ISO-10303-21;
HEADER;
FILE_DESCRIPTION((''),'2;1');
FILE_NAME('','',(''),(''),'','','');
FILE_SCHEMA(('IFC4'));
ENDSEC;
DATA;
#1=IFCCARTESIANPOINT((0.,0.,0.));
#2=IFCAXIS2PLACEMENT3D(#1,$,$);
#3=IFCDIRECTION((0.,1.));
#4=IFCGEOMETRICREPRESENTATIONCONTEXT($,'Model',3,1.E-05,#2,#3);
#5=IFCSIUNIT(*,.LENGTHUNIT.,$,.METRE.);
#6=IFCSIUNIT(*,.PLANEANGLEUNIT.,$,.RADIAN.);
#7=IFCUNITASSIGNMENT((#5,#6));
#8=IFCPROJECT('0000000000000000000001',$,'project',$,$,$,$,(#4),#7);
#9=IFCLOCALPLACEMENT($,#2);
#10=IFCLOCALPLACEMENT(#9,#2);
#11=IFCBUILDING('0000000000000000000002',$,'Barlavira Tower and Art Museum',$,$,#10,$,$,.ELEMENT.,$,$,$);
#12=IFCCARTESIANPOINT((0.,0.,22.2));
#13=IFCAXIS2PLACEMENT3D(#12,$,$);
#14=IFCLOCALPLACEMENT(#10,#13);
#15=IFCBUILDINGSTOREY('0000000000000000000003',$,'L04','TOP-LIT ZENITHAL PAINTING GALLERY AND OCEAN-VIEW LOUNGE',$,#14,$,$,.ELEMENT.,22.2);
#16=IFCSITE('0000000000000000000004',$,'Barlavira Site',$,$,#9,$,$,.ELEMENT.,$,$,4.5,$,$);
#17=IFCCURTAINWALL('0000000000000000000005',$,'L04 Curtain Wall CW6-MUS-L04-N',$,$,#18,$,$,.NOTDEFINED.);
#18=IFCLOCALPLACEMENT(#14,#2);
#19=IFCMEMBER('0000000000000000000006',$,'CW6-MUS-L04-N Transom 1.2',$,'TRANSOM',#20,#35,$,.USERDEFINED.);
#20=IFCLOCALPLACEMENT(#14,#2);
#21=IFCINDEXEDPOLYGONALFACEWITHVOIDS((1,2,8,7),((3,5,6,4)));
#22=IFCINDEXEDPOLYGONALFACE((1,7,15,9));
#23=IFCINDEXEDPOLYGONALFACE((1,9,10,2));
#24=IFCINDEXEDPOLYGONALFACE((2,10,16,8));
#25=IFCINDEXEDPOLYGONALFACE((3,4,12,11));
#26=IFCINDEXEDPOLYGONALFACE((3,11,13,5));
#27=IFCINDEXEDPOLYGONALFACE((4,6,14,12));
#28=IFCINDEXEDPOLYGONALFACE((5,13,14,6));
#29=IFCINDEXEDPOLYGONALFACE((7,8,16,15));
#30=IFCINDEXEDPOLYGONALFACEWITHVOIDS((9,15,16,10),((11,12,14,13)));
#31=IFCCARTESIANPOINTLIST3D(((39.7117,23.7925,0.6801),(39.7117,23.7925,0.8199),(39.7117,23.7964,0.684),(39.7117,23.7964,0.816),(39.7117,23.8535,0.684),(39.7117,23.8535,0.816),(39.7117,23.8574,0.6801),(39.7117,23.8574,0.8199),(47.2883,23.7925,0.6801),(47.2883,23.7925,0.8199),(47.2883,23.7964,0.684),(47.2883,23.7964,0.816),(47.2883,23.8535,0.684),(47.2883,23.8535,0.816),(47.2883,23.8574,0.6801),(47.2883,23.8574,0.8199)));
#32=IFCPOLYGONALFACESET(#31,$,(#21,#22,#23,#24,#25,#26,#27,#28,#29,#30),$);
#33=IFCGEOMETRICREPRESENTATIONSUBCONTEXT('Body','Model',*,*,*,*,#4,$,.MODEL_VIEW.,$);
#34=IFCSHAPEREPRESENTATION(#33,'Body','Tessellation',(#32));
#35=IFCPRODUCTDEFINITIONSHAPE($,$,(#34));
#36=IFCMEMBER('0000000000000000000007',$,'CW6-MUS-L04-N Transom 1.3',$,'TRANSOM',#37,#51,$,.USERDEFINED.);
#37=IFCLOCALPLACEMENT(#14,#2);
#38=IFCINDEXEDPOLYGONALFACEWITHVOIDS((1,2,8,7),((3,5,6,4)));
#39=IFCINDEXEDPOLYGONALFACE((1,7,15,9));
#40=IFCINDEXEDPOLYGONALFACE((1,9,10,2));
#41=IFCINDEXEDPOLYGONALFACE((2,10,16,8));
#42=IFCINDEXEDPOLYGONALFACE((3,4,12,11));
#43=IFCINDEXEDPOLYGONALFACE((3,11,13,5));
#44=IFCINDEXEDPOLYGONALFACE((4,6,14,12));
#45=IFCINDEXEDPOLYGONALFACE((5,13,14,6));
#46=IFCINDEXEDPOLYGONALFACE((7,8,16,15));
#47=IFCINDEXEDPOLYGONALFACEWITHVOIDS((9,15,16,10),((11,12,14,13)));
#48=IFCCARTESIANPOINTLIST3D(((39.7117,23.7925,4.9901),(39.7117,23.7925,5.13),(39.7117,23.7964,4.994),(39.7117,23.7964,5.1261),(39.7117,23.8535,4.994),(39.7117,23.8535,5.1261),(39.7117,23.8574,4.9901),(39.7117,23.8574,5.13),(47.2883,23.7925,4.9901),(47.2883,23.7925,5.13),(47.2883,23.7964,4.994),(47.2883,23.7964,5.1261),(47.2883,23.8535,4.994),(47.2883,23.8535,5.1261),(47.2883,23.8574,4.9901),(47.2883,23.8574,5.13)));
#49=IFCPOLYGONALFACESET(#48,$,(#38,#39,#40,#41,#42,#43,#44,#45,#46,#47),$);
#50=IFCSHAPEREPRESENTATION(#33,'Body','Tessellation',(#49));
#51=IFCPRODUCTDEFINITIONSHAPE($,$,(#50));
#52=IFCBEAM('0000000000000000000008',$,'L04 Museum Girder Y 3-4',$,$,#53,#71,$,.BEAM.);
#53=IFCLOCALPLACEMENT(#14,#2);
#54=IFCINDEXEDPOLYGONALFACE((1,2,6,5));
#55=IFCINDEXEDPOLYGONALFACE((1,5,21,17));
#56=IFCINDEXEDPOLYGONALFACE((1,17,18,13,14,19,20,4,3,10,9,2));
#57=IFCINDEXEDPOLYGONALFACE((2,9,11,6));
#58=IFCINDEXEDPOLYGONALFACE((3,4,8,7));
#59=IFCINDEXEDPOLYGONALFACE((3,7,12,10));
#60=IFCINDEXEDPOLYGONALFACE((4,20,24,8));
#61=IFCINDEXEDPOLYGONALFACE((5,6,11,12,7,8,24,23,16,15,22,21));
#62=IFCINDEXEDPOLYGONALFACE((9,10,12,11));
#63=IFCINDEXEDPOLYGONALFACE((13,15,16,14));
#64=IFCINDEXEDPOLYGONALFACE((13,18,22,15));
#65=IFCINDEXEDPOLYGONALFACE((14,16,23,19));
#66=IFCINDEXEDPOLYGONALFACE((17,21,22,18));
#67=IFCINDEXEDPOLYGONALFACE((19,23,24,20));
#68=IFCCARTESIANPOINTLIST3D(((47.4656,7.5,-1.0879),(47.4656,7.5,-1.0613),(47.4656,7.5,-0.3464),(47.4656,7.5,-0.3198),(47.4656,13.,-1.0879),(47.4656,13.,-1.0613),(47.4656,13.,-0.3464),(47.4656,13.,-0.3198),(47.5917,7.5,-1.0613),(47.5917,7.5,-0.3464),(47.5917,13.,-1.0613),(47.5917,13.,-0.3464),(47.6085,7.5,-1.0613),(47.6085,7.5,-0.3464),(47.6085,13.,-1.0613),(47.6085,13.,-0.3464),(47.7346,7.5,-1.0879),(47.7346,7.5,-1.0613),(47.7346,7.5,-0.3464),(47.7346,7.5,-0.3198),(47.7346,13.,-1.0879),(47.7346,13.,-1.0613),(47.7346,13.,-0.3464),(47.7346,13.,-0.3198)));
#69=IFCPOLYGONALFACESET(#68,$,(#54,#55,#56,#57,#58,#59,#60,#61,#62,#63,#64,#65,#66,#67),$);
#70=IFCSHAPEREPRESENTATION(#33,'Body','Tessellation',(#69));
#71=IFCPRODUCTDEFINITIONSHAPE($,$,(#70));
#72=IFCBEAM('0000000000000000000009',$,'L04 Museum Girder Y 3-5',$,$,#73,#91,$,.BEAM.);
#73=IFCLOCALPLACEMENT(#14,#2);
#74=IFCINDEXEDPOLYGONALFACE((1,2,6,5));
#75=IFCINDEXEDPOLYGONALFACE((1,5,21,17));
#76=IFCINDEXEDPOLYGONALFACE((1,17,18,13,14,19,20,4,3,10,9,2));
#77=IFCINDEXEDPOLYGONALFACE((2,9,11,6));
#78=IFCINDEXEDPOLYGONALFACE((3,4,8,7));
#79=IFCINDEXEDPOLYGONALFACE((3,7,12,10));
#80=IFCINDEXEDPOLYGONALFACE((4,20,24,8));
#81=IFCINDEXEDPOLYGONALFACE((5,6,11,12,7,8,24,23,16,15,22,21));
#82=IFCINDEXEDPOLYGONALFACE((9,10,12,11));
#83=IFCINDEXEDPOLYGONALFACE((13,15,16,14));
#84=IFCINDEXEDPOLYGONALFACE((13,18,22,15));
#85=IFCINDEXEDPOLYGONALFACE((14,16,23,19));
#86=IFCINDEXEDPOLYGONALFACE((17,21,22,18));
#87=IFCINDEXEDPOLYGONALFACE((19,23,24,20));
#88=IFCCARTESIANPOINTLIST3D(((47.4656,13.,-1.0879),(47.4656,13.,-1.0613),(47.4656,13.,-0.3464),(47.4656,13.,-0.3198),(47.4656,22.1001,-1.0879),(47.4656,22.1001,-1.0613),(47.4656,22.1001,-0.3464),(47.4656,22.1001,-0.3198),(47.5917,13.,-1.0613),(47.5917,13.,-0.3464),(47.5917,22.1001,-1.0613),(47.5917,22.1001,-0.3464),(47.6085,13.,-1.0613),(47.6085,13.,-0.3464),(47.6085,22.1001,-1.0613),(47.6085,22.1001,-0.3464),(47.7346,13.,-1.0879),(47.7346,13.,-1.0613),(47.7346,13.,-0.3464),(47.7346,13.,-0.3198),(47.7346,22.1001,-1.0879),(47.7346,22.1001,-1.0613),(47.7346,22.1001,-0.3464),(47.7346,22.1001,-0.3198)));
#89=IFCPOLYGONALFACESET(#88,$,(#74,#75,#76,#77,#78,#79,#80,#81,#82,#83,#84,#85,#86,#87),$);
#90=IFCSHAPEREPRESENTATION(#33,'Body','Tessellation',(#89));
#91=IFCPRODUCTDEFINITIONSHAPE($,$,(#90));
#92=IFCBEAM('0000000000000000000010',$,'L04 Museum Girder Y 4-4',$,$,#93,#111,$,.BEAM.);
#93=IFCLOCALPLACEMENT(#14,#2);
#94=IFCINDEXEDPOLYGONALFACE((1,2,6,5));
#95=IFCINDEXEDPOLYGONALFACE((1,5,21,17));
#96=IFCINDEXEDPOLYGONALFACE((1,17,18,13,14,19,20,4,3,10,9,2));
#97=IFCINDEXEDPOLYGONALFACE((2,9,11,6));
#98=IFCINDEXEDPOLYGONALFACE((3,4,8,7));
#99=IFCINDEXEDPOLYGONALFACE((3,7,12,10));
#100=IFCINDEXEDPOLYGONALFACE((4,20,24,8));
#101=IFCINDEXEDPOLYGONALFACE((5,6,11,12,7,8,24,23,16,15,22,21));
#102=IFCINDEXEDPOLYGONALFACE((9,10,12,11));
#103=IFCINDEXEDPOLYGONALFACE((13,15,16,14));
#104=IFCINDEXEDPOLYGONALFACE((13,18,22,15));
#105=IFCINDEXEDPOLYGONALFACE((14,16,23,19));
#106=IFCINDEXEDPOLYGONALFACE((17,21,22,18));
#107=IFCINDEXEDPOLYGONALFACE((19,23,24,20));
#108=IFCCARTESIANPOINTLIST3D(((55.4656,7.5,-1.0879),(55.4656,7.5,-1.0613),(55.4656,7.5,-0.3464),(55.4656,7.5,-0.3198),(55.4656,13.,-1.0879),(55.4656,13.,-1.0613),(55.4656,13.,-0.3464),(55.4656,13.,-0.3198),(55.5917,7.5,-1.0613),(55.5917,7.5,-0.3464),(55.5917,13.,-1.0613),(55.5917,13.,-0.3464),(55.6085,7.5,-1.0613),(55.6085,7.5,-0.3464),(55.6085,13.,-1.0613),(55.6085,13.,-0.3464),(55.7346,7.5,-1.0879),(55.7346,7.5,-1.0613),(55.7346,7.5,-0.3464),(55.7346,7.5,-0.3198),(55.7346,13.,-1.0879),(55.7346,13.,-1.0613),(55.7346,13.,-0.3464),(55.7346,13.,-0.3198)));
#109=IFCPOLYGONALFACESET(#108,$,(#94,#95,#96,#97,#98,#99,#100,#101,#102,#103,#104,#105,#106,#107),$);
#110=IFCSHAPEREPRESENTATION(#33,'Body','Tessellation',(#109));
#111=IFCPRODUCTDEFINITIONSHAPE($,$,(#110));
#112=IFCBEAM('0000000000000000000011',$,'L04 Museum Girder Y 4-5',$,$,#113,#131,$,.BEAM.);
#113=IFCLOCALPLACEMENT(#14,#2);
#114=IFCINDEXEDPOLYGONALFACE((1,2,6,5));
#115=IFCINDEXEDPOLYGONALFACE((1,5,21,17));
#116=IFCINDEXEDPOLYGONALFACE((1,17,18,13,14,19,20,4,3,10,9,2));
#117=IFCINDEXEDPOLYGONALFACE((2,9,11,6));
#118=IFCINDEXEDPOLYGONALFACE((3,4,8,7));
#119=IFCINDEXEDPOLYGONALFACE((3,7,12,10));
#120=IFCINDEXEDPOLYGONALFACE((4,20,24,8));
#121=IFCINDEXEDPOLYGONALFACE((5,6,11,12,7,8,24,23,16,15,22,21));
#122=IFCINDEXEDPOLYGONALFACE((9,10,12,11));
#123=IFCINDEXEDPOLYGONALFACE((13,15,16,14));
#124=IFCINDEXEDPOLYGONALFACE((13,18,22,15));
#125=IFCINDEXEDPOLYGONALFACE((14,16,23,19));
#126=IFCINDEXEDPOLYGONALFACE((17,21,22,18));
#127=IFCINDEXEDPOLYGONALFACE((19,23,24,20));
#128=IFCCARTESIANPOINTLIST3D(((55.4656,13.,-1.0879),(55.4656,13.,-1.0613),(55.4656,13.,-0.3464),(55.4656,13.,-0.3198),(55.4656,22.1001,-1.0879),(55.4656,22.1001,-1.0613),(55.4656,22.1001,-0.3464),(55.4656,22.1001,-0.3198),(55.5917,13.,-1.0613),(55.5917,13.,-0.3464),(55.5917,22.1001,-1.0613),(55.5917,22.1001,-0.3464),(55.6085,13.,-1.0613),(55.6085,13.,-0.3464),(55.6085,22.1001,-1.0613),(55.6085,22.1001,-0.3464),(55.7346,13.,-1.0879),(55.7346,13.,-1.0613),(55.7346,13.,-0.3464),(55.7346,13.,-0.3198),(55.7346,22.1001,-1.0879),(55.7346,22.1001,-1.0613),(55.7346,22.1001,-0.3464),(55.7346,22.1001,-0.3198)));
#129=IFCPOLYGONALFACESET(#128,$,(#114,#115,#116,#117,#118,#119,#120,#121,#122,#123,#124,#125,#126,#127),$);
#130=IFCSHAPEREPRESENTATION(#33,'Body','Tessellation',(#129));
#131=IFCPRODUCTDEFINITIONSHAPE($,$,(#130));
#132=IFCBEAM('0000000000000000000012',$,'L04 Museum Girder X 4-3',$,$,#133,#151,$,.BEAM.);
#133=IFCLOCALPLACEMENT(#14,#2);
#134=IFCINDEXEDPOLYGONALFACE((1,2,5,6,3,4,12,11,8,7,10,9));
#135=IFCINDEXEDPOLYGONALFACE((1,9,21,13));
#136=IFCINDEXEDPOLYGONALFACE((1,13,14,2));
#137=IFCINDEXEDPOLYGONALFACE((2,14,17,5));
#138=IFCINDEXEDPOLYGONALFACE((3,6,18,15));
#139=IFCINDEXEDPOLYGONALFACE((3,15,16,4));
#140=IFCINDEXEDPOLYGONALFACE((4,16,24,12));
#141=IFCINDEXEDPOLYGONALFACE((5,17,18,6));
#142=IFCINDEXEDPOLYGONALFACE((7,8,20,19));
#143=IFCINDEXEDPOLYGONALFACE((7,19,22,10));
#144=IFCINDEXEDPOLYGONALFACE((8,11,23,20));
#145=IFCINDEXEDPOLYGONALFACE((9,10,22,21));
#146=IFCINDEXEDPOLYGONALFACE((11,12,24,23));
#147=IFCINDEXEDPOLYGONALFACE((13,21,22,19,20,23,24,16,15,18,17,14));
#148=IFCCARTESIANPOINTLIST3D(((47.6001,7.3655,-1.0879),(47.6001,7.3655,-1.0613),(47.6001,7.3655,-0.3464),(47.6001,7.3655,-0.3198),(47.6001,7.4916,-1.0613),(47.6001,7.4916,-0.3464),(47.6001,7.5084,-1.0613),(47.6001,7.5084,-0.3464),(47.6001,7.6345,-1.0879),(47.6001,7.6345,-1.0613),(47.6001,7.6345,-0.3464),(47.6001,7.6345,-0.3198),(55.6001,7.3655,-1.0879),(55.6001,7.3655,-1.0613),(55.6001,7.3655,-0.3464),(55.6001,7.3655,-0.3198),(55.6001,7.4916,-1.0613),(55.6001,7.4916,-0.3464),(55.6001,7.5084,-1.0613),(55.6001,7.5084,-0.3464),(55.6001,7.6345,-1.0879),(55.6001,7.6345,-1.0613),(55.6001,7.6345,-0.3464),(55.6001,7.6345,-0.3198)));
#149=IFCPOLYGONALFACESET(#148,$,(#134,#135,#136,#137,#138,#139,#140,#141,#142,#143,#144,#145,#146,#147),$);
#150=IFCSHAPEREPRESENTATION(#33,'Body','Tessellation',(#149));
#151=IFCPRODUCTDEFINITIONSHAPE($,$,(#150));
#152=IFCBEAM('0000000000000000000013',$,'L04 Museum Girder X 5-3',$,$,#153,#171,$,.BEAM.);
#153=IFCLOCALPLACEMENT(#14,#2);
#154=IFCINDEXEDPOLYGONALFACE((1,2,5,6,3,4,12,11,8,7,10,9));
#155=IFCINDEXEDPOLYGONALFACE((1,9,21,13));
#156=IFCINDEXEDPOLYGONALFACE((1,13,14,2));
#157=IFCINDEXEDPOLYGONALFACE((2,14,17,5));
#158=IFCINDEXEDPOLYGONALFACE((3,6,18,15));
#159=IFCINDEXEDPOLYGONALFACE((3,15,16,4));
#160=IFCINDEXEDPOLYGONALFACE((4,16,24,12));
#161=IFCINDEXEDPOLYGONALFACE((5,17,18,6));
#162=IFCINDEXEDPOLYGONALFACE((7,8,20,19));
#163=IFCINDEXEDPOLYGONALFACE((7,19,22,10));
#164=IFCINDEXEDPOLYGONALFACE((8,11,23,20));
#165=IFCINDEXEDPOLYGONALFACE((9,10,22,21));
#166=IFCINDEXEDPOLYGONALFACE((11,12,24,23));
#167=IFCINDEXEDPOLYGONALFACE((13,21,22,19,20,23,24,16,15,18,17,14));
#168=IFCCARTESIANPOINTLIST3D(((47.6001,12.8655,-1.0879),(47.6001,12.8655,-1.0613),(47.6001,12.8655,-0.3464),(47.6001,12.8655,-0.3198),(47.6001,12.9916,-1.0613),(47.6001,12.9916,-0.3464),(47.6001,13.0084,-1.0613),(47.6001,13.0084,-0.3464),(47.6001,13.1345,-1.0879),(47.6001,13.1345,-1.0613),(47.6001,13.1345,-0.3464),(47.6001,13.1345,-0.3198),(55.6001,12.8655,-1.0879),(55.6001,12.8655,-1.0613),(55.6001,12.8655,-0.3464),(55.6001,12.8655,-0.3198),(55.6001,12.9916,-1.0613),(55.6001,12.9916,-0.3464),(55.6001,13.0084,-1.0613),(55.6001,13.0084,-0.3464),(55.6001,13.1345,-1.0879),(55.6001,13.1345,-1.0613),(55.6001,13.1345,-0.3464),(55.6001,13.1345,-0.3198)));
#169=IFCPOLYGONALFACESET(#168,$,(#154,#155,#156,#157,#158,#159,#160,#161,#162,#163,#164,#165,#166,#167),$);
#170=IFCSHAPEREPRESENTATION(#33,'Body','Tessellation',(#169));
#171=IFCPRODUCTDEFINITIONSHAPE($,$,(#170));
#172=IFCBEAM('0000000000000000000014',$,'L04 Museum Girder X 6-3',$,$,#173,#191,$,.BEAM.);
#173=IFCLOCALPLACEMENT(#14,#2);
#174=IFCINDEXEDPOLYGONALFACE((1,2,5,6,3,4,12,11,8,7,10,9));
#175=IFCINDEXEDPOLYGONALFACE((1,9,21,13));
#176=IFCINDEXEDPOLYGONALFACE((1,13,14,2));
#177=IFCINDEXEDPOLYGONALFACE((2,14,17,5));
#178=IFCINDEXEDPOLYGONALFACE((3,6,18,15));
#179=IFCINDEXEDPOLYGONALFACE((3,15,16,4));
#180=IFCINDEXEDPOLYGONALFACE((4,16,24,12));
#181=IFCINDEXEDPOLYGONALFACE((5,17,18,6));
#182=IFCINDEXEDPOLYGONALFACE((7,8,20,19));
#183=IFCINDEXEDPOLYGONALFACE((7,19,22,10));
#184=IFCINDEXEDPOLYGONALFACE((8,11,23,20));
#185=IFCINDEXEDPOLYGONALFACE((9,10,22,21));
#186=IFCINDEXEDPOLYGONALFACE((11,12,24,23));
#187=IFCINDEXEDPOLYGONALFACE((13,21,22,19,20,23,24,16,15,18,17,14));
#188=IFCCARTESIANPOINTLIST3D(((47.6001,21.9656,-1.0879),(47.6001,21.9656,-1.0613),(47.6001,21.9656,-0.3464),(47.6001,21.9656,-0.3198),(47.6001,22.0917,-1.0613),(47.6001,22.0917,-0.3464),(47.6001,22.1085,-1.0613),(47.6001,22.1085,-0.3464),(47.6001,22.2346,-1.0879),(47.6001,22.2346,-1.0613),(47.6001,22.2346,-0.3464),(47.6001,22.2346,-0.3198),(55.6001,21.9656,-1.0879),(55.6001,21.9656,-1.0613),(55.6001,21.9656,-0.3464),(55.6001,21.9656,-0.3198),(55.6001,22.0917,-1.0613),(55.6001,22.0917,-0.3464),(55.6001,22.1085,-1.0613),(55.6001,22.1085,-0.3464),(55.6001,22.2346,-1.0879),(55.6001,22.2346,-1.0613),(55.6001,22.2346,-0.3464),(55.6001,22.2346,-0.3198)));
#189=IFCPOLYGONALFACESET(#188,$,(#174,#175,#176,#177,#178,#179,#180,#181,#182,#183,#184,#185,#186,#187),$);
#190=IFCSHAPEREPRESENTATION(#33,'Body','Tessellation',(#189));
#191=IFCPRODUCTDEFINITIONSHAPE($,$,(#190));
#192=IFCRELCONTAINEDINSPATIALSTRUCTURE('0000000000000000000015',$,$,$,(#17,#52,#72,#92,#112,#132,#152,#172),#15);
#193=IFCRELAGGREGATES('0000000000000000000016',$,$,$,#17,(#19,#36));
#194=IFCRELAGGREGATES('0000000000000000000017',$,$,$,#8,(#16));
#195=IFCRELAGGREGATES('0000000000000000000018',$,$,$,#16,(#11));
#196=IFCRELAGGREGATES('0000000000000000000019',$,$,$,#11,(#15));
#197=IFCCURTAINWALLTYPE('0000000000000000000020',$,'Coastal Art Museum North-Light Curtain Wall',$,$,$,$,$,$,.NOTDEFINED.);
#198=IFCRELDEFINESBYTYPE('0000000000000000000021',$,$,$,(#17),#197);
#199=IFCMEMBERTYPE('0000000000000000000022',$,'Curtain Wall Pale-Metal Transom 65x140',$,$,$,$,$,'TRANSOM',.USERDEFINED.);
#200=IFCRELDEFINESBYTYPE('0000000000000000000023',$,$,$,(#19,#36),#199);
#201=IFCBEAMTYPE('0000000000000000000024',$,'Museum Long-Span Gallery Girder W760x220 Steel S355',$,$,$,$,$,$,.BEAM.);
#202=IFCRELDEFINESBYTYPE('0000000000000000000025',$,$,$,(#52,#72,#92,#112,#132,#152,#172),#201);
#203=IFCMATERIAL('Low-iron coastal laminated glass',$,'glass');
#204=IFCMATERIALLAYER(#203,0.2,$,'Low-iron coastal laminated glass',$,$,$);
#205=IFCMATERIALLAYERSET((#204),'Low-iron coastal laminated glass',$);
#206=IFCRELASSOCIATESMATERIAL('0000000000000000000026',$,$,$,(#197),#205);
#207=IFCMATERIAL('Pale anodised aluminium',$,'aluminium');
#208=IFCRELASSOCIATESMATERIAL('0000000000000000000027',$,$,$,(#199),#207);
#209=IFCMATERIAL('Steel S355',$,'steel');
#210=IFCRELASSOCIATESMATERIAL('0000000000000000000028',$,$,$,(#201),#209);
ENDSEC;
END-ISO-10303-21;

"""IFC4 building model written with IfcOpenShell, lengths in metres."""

from ifc_helpers import new_model, si_unit, direction, frame, origin, origin_2d, place, context, subcontext, project, spatial, hollow_rectangle, i_section, extrude, material, layer, layer_set, material_profile, profile_set, type_object, element, aggregate, save


model = new_model("IFC4")

# Units and contexts
model_context = context("Model", 3, precision=1e-05, world=origin(), true_north=direction((0.0, 1.0)))
body_context = subcontext(model_context, "Body", "Model", "MODEL_VIEW")
ifc_project = project(units=[si_unit("LENGTHUNIT", "METRE"), si_unit("PLANEANGLEUNIT", "RADIAN")], contexts=[model_context])

# Site, building, storey
site_placement = place(None, origin())
site = spatial("IfcSite", under=ifc_project, at=site_placement, Name="Barlavira Site", CompositionType="ELEMENT", RefElevation=4.5)
building_placement = place(site_placement, origin())
building = spatial("IfcBuilding", under=site, at=building_placement, Name="Barlavira Tower and Art Museum", CompositionType="ELEMENT")
storey_placement = place(building_placement, frame((0.0, 0.0, 22.2)))
storey = spatial("IfcBuildingStorey", under=building, at=storey_placement, Name="L04", Description="TOP-LIT ZENITHAL PAINTING GALLERY AND OCEAN-VIEW LOUNGE", CompositionType="ELEMENT", Elevation=22.2)

# Curtain wall, members
ifc_material_1 = material(Name="Low-iron coastal laminated glass", Category="glass")
ifc_layer_1 = layer(ifc_material_1, 0.2, Name="Low-iron coastal laminated glass")
ifc_layer_set_1 = layer_set([ifc_layer_1], Name="Low-iron coastal laminated glass")
curtain_wall_type = type_object("IfcCurtainWallType", Name="Coastal Art Museum North-Light Curtain Wall", PredefinedType="NOTDEFINED", material=ifc_layer_set_1)
curtain_wall_placement = place(storey_placement, origin())
curtain_wall = element("IfcCurtainWall", 1, at=curtain_wall_placement, inside=storey, type_object=curtain_wall_type, Name="L04 Curtain Wall CW6-MUS-L04-N", PredefinedType="NOTDEFINED")
ifc_material_2 = material(Name="Pale anodised aluminium", Category="aluminium")
ifc_material_profile_1 = material_profile(ifc_material_2, hollow_rectangle(XDim=0.0649, YDim=0.1399, WallThickness=0.0039, at=origin_2d()), Name="ALU-TRAN 65x140x4")
ifc_profile_set_1 = profile_set([ifc_material_profile_1], Name="Pale anodised aluminium")
member_type_1 = type_object("IfcMemberType", Name="Curtain Wall Pale-Metal Transom 65x140", ElementType="TRANSOM", PredefinedType="USERDEFINED", material=ifc_profile_set_1)
member_1_placement = place(storey_placement, frame((47.2883, 23.825, 0.75), z_axis=(-1.0, 0.0, 0.0), x_axis=(0.0, -1.0, 0.0)))
member_1 = element("IfcMember", 2, at=member_1_placement, type_object=member_type_1, Name="CW6-MUS-L04-N Transom 1.2", ObjectType="TRANSOM", PredefinedType="USERDEFINED", context=body_context, shape_type="SweptSolid", body=[
    extrude(hollow_rectangle(XDim=0.0649, YDim=0.1399, WallThickness=0.0039, at=origin_2d()), origin(), (0.0, 0.0, 1.0), 7.5767),
])
member_2_placement = place(storey_placement, frame((47.2883, 23.825, 5.0601), z_axis=(-1.0, 0.0, 0.0), x_axis=(0.0, -1.0, 0.0)))
member_2 = element("IfcMember", 3, at=member_2_placement, type_object=member_type_1, Name="CW6-MUS-L04-N Transom 1.3", ObjectType="TRANSOM", PredefinedType="USERDEFINED", context=body_context, shape_type="SweptSolid", body=[
    extrude(hollow_rectangle(XDim=0.0649, YDim=0.1399, WallThickness=0.0039, at=origin_2d()), origin(), (0.0, 0.0, 1.0), 7.5767),
])

# Beams
ifc_material_3 = material(Name="Steel S355", Category="steel")
ifc_material_profile_2 = material_profile(ifc_material_3, i_section(OverallWidth=0.269, OverallDepth=0.7681, WebThickness=0.0168, FlangeThickness=0.0266, at=origin_2d()), Name="W760x220.0")
ifc_profile_set_2 = profile_set([ifc_material_profile_2], Name="Steel S355")
beam_type = type_object("IfcBeamType", Name="Museum Long-Span Gallery Girder W760x220 Steel S355", PredefinedType="BEAM", material=ifc_profile_set_2)
beam_1_placement = place(storey_placement, frame((47.6001, 7.5, -0.7039), z_axis=(0.0, 1.0, 0.0), x_axis=(-1.0, 0.0, 0.0)))
element("IfcBeam", 4, at=beam_1_placement, inside=storey, type_object=beam_type, Name="L04 Museum Girder Y 3-4", PredefinedType="BEAM", context=body_context, shape_type="SweptSolid", body=[
    extrude(i_section(OverallWidth=0.269, OverallDepth=0.7681, WebThickness=0.0168, FlangeThickness=0.0266, at=origin_2d()), origin(), (0.0, 0.0, 1.0), 5.5),
])
beam_2_placement = place(storey_placement, frame((47.6001, 13.0, -0.7039), z_axis=(0.0, 1.0, 0.0), x_axis=(-1.0, 0.0, 0.0)))
element("IfcBeam", 5, at=beam_2_placement, inside=storey, type_object=beam_type, Name="L04 Museum Girder Y 3-5", PredefinedType="BEAM", context=body_context, shape_type="SweptSolid", body=[
    extrude(i_section(OverallWidth=0.269, OverallDepth=0.7681, WebThickness=0.0168, FlangeThickness=0.0266, at=origin_2d()), origin(), (0.0, 0.0, 1.0), 9.1001),
])
beam_3_placement = place(storey_placement, frame((55.6001, 7.5, -0.7039), z_axis=(0.0, 1.0, 0.0), x_axis=(-1.0, 0.0, 0.0)))
element("IfcBeam", 6, at=beam_3_placement, inside=storey, type_object=beam_type, Name="L04 Museum Girder Y 4-4", PredefinedType="BEAM", context=body_context, shape_type="SweptSolid", body=[
    extrude(i_section(OverallWidth=0.269, OverallDepth=0.7681, WebThickness=0.0168, FlangeThickness=0.0266, at=origin_2d()), origin(), (0.0, 0.0, 1.0), 5.5),
])
beam_4_placement = place(storey_placement, frame((55.6001, 13.0, -0.7039), z_axis=(0.0, 1.0, 0.0), x_axis=(-1.0, 0.0, 0.0)))
element("IfcBeam", 7, at=beam_4_placement, inside=storey, type_object=beam_type, Name="L04 Museum Girder Y 4-5", PredefinedType="BEAM", context=body_context, shape_type="SweptSolid", body=[
    extrude(i_section(OverallWidth=0.269, OverallDepth=0.7681, WebThickness=0.0168, FlangeThickness=0.0266, at=origin_2d()), origin(), (0.0, 0.0, 1.0), 9.1001),
])
for number, where, z_axis, x_axis, name in (
    (8, (47.6001, 7.5, -0.7039), (1.0, 0.0, 0.0), (0.0, 1.0, 0.0), "L04 Museum Girder X 4-3"),
    (9, (47.6001, 13.0, -0.7039), (1.0, 0.0, 0.0), (0.0, 1.0, 0.0), "L04 Museum Girder X 5-3"),
    (10, (47.6001, 22.1001, -0.7039), (1.0, 0.0, 0.0), (0.0, 1.0, 0.0), "L04 Museum Girder X 6-3"),
):
    element("IfcBeam", number, at=place(storey_placement, frame(where, z_axis=z_axis, x_axis=x_axis)), inside=storey, type_object=beam_type, Name=name, PredefinedType="BEAM", context=body_context, shape_type="SweptSolid", body=[
        extrude(i_section(OverallWidth=0.269, OverallDepth=0.7681, WebThickness=0.0168, FlangeThickness=0.0266, at=origin_2d()), origin(), (0.0, 0.0, 1.0), 8.0),
    ])

aggregate(curtain_wall, [member_1, member_2])

save(model, "model.ifc")
